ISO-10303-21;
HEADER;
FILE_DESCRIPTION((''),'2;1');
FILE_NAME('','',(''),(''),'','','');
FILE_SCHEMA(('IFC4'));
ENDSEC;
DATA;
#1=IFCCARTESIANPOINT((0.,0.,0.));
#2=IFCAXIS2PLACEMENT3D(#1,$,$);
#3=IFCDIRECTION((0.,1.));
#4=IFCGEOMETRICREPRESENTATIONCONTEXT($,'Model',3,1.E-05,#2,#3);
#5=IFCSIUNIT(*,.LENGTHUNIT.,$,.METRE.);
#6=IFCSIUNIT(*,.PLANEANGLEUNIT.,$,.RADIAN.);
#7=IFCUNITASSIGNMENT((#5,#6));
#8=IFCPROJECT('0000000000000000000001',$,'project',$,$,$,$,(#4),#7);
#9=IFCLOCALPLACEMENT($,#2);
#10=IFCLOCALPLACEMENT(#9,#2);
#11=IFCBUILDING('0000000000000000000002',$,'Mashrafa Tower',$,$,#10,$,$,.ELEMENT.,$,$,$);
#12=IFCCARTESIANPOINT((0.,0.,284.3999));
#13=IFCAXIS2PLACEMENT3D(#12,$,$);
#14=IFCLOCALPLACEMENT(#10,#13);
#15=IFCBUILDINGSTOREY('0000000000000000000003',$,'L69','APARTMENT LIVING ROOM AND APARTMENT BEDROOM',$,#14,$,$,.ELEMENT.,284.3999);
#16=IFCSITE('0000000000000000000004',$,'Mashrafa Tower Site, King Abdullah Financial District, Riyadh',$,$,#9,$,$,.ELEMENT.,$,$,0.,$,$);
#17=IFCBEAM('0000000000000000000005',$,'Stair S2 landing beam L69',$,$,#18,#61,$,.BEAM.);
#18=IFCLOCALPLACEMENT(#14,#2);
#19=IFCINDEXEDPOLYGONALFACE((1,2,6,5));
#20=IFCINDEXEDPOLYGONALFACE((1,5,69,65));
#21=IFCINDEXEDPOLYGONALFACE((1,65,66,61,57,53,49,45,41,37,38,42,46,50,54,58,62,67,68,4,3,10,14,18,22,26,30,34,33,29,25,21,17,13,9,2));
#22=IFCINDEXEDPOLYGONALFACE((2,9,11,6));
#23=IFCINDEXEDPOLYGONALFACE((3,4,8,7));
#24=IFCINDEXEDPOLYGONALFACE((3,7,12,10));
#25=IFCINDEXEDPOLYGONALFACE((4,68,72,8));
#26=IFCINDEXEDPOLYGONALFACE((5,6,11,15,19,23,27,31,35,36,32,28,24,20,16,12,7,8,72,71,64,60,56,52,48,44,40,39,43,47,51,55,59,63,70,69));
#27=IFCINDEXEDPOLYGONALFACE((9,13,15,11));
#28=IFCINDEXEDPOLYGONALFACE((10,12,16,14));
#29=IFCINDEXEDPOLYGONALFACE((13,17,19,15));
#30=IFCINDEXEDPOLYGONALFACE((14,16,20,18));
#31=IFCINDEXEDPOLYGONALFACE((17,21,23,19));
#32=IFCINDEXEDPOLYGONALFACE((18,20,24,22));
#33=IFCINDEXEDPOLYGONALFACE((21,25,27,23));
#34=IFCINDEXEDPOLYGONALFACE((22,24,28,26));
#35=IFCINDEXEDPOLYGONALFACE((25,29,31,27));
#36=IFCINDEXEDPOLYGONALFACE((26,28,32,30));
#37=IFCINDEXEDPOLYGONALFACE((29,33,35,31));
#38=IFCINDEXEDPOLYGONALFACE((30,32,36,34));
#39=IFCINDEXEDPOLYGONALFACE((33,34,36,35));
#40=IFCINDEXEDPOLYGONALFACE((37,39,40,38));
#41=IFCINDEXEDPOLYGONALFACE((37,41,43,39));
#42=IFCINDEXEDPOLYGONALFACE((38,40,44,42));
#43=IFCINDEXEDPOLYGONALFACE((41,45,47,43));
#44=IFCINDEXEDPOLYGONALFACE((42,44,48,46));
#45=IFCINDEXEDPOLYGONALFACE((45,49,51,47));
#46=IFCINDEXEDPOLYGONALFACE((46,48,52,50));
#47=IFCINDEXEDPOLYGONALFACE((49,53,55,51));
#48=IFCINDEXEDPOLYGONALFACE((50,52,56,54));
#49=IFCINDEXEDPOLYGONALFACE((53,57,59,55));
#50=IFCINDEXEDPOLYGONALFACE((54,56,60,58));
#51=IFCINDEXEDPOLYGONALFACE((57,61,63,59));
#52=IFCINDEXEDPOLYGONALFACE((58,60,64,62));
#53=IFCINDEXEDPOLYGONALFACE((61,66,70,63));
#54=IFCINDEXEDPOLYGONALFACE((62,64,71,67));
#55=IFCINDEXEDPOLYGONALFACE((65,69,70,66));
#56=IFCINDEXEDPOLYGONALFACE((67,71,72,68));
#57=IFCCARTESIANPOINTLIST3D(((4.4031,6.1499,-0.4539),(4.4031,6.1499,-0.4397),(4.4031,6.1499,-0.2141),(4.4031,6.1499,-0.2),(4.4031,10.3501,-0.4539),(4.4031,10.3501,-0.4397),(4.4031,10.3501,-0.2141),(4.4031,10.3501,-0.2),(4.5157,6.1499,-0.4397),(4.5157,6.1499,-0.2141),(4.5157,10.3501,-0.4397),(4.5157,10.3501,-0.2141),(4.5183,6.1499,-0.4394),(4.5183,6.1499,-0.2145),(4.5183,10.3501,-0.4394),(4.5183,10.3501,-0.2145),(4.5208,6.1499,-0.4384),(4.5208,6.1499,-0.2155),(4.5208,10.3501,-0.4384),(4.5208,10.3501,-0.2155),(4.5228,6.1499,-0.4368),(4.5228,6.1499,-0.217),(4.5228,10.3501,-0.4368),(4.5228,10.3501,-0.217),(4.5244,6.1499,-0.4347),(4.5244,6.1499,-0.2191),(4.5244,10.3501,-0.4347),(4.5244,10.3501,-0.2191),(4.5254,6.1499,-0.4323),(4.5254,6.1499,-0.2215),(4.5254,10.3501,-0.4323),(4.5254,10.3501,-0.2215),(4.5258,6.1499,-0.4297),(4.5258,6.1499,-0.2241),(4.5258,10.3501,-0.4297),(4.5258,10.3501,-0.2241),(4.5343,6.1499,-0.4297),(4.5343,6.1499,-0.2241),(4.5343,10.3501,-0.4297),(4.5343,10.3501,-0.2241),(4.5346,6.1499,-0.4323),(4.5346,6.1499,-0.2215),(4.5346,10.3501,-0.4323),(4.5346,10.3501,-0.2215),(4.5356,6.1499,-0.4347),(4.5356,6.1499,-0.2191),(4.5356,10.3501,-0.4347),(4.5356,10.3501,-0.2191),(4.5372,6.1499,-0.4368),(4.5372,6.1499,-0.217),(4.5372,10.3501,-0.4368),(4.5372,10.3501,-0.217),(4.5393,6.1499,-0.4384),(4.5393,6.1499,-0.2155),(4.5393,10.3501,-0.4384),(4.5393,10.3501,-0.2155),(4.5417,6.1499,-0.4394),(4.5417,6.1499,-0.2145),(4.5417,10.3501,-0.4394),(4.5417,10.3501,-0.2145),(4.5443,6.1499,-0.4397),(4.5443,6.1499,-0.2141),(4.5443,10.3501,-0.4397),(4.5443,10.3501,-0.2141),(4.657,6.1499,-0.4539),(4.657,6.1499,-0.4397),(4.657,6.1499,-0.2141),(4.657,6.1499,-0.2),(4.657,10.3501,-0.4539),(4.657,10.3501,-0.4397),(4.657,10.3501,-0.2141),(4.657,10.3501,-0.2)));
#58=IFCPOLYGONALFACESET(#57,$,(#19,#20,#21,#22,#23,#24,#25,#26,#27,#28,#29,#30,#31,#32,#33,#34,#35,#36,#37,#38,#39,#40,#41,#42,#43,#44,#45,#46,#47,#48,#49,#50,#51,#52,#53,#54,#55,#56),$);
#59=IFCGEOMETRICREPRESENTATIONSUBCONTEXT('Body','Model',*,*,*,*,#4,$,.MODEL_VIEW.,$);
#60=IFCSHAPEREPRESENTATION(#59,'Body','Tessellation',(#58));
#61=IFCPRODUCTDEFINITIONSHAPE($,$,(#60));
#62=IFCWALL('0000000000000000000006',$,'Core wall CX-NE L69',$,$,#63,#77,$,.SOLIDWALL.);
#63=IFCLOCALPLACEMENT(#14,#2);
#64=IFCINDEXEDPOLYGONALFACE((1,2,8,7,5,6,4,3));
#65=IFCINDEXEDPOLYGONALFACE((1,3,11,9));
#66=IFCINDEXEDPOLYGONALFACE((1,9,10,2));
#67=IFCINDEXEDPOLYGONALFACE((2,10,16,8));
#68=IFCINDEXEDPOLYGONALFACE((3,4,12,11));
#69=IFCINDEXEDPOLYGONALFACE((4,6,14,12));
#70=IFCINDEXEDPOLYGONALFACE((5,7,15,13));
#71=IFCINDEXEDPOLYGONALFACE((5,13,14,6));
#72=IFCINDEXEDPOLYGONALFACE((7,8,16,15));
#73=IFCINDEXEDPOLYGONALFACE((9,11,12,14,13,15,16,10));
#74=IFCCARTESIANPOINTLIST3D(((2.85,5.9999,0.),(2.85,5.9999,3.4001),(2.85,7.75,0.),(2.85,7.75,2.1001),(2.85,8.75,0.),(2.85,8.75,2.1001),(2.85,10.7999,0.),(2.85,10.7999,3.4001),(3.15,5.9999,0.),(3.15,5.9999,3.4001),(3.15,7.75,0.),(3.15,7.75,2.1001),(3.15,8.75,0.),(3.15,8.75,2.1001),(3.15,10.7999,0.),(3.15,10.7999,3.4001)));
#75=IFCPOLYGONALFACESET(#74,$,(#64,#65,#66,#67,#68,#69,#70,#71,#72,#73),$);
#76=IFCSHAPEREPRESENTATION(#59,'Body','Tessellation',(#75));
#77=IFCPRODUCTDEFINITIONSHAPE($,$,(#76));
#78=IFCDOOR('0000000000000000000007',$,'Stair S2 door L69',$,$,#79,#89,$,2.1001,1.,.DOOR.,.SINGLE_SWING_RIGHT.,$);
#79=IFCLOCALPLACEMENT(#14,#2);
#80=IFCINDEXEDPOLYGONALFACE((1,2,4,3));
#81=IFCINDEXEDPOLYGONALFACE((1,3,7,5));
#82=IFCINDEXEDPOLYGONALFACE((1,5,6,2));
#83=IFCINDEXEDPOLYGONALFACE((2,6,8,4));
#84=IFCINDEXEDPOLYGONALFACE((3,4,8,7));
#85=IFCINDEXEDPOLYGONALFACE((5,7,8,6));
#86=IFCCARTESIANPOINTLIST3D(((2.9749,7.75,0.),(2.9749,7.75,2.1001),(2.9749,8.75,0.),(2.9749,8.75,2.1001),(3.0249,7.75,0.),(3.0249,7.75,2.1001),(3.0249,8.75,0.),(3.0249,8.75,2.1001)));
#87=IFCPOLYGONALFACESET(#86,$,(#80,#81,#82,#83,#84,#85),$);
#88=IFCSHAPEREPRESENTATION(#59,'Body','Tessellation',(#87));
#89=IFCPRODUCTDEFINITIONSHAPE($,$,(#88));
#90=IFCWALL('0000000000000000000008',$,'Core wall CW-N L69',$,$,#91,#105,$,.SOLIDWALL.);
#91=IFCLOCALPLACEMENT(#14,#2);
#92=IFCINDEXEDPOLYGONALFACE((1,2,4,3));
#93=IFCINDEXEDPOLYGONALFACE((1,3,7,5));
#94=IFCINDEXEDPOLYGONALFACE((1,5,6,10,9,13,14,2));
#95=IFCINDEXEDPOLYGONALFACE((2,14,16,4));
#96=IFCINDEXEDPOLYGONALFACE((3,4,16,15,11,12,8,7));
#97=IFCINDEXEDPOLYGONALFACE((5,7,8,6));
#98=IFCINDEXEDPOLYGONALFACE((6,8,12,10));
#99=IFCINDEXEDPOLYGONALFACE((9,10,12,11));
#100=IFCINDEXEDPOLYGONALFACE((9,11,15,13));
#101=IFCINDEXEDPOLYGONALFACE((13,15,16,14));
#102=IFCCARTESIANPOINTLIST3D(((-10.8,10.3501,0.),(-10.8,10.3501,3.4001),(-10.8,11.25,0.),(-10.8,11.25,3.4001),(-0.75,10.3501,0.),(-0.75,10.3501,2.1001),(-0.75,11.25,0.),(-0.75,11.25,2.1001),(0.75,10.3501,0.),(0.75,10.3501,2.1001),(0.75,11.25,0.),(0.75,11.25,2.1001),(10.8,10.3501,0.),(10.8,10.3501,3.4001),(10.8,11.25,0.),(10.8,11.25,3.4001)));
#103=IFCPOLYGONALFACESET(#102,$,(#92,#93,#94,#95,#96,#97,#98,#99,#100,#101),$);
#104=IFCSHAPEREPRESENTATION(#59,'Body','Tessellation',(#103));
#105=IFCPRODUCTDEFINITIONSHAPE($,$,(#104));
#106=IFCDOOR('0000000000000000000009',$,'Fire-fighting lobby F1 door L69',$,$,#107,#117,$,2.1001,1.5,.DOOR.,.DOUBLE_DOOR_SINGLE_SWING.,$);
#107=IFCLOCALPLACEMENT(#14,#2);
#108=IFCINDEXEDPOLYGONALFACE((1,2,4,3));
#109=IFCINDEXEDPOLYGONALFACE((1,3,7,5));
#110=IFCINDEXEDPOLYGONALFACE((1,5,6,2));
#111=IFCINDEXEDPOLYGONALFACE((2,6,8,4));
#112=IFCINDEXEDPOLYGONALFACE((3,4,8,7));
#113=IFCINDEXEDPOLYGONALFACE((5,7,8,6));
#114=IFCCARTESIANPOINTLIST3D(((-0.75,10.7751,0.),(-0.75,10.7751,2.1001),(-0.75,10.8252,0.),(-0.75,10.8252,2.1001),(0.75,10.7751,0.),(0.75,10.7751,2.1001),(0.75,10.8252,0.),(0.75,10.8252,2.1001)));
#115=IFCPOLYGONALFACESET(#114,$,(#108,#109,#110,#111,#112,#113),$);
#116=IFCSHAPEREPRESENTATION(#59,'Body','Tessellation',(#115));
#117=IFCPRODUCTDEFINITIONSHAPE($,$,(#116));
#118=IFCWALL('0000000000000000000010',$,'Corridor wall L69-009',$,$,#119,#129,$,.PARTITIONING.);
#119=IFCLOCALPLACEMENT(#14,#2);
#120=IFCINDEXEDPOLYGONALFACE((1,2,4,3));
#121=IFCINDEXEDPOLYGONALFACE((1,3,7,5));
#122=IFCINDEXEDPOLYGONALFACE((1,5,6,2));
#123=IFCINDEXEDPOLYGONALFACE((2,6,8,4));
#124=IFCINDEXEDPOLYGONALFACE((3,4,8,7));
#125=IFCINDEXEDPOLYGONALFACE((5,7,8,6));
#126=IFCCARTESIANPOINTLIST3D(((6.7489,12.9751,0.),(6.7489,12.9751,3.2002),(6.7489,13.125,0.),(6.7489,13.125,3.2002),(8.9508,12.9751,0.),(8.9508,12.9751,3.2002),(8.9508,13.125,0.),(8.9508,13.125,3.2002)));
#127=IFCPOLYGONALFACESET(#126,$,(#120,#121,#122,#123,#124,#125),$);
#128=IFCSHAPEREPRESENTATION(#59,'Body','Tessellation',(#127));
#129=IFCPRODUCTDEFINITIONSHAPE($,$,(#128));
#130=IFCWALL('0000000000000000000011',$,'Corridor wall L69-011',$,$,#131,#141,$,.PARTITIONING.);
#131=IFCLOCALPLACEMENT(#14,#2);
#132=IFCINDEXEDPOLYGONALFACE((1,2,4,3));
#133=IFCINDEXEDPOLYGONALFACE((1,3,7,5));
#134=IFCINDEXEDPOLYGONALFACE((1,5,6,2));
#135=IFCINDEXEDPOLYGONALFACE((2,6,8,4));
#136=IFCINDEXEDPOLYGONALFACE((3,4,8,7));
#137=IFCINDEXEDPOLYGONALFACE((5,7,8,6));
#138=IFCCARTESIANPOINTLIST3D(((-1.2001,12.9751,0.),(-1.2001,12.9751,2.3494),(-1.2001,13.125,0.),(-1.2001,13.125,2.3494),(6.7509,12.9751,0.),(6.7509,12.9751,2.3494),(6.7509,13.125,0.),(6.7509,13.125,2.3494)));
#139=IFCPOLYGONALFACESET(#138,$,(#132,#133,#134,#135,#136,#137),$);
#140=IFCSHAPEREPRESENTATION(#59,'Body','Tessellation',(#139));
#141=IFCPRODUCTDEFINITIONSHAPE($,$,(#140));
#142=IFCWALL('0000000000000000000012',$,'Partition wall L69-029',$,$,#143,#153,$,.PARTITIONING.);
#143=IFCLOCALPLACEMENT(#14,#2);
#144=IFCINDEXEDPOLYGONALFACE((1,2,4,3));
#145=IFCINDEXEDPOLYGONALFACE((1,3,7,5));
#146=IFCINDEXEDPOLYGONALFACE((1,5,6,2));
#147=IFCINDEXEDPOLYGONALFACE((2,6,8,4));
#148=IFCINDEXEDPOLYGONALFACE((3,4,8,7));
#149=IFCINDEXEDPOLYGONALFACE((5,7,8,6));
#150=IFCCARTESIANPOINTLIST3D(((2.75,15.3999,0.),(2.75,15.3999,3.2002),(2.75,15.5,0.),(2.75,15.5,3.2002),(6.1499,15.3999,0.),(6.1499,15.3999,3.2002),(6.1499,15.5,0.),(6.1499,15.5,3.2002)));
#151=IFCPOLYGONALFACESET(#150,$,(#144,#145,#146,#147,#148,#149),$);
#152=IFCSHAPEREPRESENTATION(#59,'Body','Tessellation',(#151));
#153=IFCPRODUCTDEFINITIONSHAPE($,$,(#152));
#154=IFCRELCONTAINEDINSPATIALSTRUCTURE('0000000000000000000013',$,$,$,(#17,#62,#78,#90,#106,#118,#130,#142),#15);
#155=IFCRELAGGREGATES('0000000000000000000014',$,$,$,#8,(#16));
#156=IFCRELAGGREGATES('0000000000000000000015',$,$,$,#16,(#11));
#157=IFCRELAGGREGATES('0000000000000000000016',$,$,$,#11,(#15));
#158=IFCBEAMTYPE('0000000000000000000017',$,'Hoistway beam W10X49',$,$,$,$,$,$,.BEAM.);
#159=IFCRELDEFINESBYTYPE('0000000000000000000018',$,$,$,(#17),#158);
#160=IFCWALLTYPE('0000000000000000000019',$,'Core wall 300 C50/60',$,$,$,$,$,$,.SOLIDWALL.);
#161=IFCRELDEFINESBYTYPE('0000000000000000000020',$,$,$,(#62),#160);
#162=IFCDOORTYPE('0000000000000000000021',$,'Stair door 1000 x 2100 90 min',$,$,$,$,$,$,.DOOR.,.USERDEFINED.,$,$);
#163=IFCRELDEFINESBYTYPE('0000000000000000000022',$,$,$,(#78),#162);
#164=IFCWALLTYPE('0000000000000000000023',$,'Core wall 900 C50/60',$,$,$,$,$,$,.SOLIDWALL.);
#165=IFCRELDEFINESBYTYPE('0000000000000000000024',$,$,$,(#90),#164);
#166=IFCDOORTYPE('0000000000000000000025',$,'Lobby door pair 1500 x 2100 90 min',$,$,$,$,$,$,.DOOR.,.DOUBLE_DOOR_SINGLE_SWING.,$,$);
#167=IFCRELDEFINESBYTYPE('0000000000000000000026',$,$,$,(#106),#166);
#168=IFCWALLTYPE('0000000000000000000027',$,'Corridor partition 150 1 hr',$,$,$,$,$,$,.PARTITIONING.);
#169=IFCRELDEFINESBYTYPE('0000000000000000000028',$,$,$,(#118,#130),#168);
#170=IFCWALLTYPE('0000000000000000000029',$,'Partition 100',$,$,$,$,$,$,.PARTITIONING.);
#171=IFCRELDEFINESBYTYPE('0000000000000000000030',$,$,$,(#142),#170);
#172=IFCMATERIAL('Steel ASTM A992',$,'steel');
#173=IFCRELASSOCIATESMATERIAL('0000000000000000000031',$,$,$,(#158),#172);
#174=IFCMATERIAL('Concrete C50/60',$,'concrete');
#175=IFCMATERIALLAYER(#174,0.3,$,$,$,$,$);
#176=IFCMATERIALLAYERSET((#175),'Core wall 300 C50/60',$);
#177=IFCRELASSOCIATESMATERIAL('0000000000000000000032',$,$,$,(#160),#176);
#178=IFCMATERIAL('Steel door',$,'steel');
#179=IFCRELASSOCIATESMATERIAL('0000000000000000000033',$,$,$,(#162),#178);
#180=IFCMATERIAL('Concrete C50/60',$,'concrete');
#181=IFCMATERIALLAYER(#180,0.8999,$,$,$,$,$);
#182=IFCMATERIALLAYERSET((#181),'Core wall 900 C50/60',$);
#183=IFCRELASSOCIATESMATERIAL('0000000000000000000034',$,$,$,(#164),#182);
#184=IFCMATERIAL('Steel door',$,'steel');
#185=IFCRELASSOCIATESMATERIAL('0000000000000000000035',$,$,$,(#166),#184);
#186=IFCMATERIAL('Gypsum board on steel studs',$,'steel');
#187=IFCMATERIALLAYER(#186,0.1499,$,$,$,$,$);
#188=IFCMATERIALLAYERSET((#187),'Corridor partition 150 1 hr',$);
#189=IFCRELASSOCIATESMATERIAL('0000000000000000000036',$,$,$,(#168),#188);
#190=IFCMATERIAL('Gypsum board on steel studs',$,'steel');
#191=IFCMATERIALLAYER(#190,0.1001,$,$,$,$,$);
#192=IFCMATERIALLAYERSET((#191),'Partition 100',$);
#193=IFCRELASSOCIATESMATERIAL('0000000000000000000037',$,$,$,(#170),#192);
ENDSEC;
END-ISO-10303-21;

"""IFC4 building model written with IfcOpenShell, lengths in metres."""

from ifc_helpers import new_model, si_unit, direction, frame, frame_2d, origin, origin_2d, place, context, subcontext, project, spatial, rectangle, i_section, extrude, material, layer, layer_set, material_profile, profile_set, type_object, element, fill, save


model = new_model("IFC4")

# Units and contexts
model_context = context("Model", 3, precision=1e-05, world=origin(), true_north=direction((0.0, 1.0)))
body_context = subcontext(model_context, "Body", "Model", "MODEL_VIEW")
ifc_project = project(units=[si_unit("LENGTHUNIT", "METRE"), si_unit("PLANEANGLEUNIT", "RADIAN")], contexts=[model_context])

# Site, building, storey
site_placement = place(None, origin())
site = spatial("IfcSite", under=ifc_project, at=site_placement, Name="Mashrafa Tower Site, King Abdullah Financial District, Riyadh", CompositionType="ELEMENT", RefElevation=0.0)
building_placement = place(site_placement, origin())
building = spatial("IfcBuilding", under=site, at=building_placement, Name="Mashrafa Tower", CompositionType="ELEMENT")
storey_placement = place(building_placement, frame((0.0, 0.0, 284.3999)))
storey = spatial("IfcBuildingStorey", under=building, at=storey_placement, Name="L69", Description="APARTMENT LIVING ROOM AND APARTMENT BEDROOM", CompositionType="ELEMENT", Elevation=284.3999)

# Beam
ifc_material_1 = material(Name="Steel ASTM A992", Category="steel")
ifc_material_profile_1 = material_profile(ifc_material_1, i_section(OverallWidth=0.2539, OverallDepth=0.2539, WebThickness=0.0085, FlangeThickness=0.0142, FilletRadius=0.01, at=origin_2d()), Name="W10X49")
ifc_profile_set_1 = profile_set([ifc_material_profile_1], Name="Steel ASTM A992")
beam_type_1 = type_object("IfcBeamType", Name="Hoistway beam W10X49", PredefinedType="BEAM", material=ifc_profile_set_1)
beam_1_placement = place(storey_placement, frame((4.53, 6.1499, -0.3269), z_axis=(0.0, 1.0, 0.0), x_axis=(-1.0, 0.0, 0.0)))
element("IfcBeam", 1, at=beam_1_placement, inside=storey, type_object=beam_type_1, Name="Stair S2 landing beam L69", PredefinedType="BEAM", context=body_context, shape_type="SweptSolid", body=[
    extrude(i_section(OverallWidth=0.2539, OverallDepth=0.2539, WebThickness=0.0085, FlangeThickness=0.0142, FilletRadius=0.01, at=origin_2d()), origin(), (0.0, 0.0, 1.0), 4.2002),
])

# Walls, openings, doors
ifc_material_2 = material(Name="Concrete C50/60", Category="concrete")
ifc_layer_1 = layer(ifc_material_2, 0.3)
ifc_layer_set_1 = layer_set([ifc_layer_1], Name="Core wall 300 C50/60")
wall_type_1 = type_object("IfcWallType", Name="Core wall 300 C50/60", PredefinedType="SOLIDWALL", material=ifc_layer_set_1)
wall_1_placement = place(storey_placement, frame((3.0, 6.0, 0.0), z_axis=(0.0, 0.0, 1.0), x_axis=(0.0, 1.0, 0.0)))
wall_1 = element("IfcWall", 2, at=wall_1_placement, inside=storey, type_object=wall_type_1, Name="Core wall CX-NE L69", PredefinedType="SOLIDWALL", context=body_context, shape_type="SweptSolid", body=[
    extrude(rectangle(XDim=4.8, YDim=0.3, at=frame_2d((2.3999, 0.0))), origin(), (0.0, 0.0, 1.0), 3.4001),
])
opening_1_placement = place(wall_1_placement, frame((1.75, 0.0, 0.0)))
opening_1 = element("IfcOpeningElement", 3, at=opening_1_placement, cuts=wall_1, PredefinedType="OPENING", context=body_context, shape_type="SweptSolid", body=[
    extrude(rectangle(XDim=1.0, YDim=2.1001, at=frame_2d((0.5, 1.05))), frame((0.0, 0.1599, 0.0), z_axis=(0.0, -1.0, 0.0), x_axis=(1.0, 0.0, 0.0)), (0.0, 0.0, 1.0), 0.3201),
])
ifc_material_3 = material(Name="Steel door", Category="steel")
door_type_1 = type_object("IfcDoorType", Name="Stair door 1000 x 2100 90 min", OperationType="USERDEFINED", PredefinedType="DOOR", material=ifc_material_3)
door_1_placement = place(opening_1_placement, frame((1.0, 0.0, 0.0), z_axis=(0.0, 0.0, 1.0), x_axis=(-1.0, 0.0, 0.0)))
door_1 = element("IfcDoor", 4, at=door_1_placement, inside=storey, type_object=door_type_1, Name="Stair S2 door L69", OperationType="SINGLE_SWING_RIGHT", OverallHeight=2.1001, OverallWidth=1.0, PredefinedType="DOOR", context=body_context, shape_type="SweptSolid", body=[
    extrude(rectangle(XDim=1.0, YDim=2.1001, at=frame_2d((0.5, 1.05))), frame((0.0, 0.0249, 0.0), z_axis=(0.0, -1.0, 0.0), x_axis=(1.0, 0.0, 0.0)), (0.0, 0.0, 1.0), 0.05),
])
fill(opening_1, door_1)
ifc_material_4 = material(Name="Concrete C50/60", Category="concrete")
ifc_layer_2 = layer(ifc_material_4, 0.8999)
ifc_layer_set_2 = layer_set([ifc_layer_2], Name="Core wall 900 C50/60")
wall_type_2 = type_object("IfcWallType", Name="Core wall 900 C50/60", PredefinedType="SOLIDWALL", material=ifc_layer_set_2)
wall_2_placement = place(storey_placement, frame((10.8, 10.8, 0.0), z_axis=(0.0, 0.0, 1.0), x_axis=(-1.0, 0.0, 0.0)))
wall_2 = element("IfcWall", 5, at=wall_2_placement, inside=storey, type_object=wall_type_2, Name="Core wall CW-N L69", PredefinedType="SOLIDWALL", context=body_context, shape_type="SweptSolid", body=[
    extrude(rectangle(XDim=21.6001, YDim=0.8999, at=frame_2d((10.8, 0.0))), origin(), (0.0, 0.0, 1.0), 3.4001),
])
opening_2_placement = place(wall_2_placement, frame((10.05, 0.0, 0.0)))
opening_2 = element("IfcOpeningElement", 6, at=opening_2_placement, cuts=wall_2, PredefinedType="OPENING", context=body_context, shape_type="SweptSolid", body=[
    extrude(rectangle(XDim=1.5, YDim=2.1001, at=frame_2d((0.75, 1.05))), frame((0.0, 0.46, 0.0), z_axis=(0.0, -1.0, 0.0), x_axis=(1.0, 0.0, 0.0)), (0.0, 0.0, 1.0), 0.9199),
])
ifc_material_5 = material(Name="Steel door", Category="steel")
door_type_2 = type_object("IfcDoorType", Name="Lobby door pair 1500 x 2100 90 min", OperationType="DOUBLE_DOOR_SINGLE_SWING", PredefinedType="DOOR", material=ifc_material_5)
door_2_placement = place(opening_2_placement, origin())
door_2 = element("IfcDoor", 7, at=door_2_placement, inside=storey, type_object=door_type_2, Name="Fire-fighting lobby F1 door L69", OperationType="DOUBLE_DOOR_SINGLE_SWING", OverallHeight=2.1001, OverallWidth=1.5, PredefinedType="DOOR", context=body_context, shape_type="SweptSolid", body=[
    extrude(rectangle(XDim=1.5, YDim=2.1001, at=frame_2d((0.75, 1.05))), frame((0.0, 0.0249, 0.0), z_axis=(0.0, -1.0, 0.0), x_axis=(1.0, 0.0, 0.0)), (0.0, 0.0, 1.0), 0.05),
])
fill(opening_2, door_2)

# Walls
ifc_material_6 = material(Name="Gypsum board on steel studs", Category="steel")
ifc_layer_3 = layer(ifc_material_6, 0.1499)
ifc_layer_set_3 = layer_set([ifc_layer_3], Name="Corridor partition 150 1 hr")
wall_type_3 = type_object("IfcWallType", Name="Corridor partition 150 1 hr", PredefinedType="PARTITIONING", material=ifc_layer_set_3)
wall_3_placement = place(storey_placement, frame((8.9509, 13.05, 0.0), z_axis=(0.0, 0.0, 1.0), x_axis=(-1.0, 0.0, 0.0)))
element("IfcWall", 8, at=wall_3_placement, inside=storey, type_object=wall_type_3, Name="Corridor wall L69-009", PredefinedType="PARTITIONING", context=body_context, shape_type="SweptSolid", body=[
    extrude(rectangle(XDim=2.2019, YDim=0.1499, at=frame_2d((1.1011, 0.0))), origin(), (0.0, 0.0, 1.0), 3.2002),
])
wall_4_placement = place(storey_placement, frame((6.751, 13.05, 0.0), z_axis=(0.0, 0.0, 1.0), x_axis=(-1.0, 0.0, 0.0)))
element("IfcWall", 9, at=wall_4_placement, inside=storey, type_object=wall_type_3, Name="Corridor wall L69-011", PredefinedType="PARTITIONING", context=body_context, shape_type="SweptSolid", body=[
    extrude(rectangle(XDim=7.9509, YDim=0.1499, at=frame_2d((3.9756, 0.0))), origin(), (0.0, 0.0, 1.0), 2.3494),
])
ifc_material_7 = material(Name="Gypsum board on steel studs", Category="steel")
ifc_layer_4 = layer(ifc_material_7, 0.1001)
ifc_layer_set_4 = layer_set([ifc_layer_4], Name="Partition 100")
wall_type_4 = type_object("IfcWallType", Name="Partition 100", PredefinedType="PARTITIONING", material=ifc_layer_set_4)
wall_5_placement = place(storey_placement, frame((2.75, 15.45, 0.0), z_axis=(0.0, 0.0, 1.0), x_axis=(1.0, 0.0, 0.0)))
element("IfcWall", 10, at=wall_5_placement, inside=storey, type_object=wall_type_4, Name="Partition wall L69-029", PredefinedType="PARTITIONING", context=body_context, shape_type="SweptSolid", body=[
    extrude(rectangle(XDim=3.3999, YDim=0.1001, at=frame_2d((1.7, 0.0))), origin(), (0.0, 0.0, 1.0), 3.2002),
])

save(model, "model.ifc")
